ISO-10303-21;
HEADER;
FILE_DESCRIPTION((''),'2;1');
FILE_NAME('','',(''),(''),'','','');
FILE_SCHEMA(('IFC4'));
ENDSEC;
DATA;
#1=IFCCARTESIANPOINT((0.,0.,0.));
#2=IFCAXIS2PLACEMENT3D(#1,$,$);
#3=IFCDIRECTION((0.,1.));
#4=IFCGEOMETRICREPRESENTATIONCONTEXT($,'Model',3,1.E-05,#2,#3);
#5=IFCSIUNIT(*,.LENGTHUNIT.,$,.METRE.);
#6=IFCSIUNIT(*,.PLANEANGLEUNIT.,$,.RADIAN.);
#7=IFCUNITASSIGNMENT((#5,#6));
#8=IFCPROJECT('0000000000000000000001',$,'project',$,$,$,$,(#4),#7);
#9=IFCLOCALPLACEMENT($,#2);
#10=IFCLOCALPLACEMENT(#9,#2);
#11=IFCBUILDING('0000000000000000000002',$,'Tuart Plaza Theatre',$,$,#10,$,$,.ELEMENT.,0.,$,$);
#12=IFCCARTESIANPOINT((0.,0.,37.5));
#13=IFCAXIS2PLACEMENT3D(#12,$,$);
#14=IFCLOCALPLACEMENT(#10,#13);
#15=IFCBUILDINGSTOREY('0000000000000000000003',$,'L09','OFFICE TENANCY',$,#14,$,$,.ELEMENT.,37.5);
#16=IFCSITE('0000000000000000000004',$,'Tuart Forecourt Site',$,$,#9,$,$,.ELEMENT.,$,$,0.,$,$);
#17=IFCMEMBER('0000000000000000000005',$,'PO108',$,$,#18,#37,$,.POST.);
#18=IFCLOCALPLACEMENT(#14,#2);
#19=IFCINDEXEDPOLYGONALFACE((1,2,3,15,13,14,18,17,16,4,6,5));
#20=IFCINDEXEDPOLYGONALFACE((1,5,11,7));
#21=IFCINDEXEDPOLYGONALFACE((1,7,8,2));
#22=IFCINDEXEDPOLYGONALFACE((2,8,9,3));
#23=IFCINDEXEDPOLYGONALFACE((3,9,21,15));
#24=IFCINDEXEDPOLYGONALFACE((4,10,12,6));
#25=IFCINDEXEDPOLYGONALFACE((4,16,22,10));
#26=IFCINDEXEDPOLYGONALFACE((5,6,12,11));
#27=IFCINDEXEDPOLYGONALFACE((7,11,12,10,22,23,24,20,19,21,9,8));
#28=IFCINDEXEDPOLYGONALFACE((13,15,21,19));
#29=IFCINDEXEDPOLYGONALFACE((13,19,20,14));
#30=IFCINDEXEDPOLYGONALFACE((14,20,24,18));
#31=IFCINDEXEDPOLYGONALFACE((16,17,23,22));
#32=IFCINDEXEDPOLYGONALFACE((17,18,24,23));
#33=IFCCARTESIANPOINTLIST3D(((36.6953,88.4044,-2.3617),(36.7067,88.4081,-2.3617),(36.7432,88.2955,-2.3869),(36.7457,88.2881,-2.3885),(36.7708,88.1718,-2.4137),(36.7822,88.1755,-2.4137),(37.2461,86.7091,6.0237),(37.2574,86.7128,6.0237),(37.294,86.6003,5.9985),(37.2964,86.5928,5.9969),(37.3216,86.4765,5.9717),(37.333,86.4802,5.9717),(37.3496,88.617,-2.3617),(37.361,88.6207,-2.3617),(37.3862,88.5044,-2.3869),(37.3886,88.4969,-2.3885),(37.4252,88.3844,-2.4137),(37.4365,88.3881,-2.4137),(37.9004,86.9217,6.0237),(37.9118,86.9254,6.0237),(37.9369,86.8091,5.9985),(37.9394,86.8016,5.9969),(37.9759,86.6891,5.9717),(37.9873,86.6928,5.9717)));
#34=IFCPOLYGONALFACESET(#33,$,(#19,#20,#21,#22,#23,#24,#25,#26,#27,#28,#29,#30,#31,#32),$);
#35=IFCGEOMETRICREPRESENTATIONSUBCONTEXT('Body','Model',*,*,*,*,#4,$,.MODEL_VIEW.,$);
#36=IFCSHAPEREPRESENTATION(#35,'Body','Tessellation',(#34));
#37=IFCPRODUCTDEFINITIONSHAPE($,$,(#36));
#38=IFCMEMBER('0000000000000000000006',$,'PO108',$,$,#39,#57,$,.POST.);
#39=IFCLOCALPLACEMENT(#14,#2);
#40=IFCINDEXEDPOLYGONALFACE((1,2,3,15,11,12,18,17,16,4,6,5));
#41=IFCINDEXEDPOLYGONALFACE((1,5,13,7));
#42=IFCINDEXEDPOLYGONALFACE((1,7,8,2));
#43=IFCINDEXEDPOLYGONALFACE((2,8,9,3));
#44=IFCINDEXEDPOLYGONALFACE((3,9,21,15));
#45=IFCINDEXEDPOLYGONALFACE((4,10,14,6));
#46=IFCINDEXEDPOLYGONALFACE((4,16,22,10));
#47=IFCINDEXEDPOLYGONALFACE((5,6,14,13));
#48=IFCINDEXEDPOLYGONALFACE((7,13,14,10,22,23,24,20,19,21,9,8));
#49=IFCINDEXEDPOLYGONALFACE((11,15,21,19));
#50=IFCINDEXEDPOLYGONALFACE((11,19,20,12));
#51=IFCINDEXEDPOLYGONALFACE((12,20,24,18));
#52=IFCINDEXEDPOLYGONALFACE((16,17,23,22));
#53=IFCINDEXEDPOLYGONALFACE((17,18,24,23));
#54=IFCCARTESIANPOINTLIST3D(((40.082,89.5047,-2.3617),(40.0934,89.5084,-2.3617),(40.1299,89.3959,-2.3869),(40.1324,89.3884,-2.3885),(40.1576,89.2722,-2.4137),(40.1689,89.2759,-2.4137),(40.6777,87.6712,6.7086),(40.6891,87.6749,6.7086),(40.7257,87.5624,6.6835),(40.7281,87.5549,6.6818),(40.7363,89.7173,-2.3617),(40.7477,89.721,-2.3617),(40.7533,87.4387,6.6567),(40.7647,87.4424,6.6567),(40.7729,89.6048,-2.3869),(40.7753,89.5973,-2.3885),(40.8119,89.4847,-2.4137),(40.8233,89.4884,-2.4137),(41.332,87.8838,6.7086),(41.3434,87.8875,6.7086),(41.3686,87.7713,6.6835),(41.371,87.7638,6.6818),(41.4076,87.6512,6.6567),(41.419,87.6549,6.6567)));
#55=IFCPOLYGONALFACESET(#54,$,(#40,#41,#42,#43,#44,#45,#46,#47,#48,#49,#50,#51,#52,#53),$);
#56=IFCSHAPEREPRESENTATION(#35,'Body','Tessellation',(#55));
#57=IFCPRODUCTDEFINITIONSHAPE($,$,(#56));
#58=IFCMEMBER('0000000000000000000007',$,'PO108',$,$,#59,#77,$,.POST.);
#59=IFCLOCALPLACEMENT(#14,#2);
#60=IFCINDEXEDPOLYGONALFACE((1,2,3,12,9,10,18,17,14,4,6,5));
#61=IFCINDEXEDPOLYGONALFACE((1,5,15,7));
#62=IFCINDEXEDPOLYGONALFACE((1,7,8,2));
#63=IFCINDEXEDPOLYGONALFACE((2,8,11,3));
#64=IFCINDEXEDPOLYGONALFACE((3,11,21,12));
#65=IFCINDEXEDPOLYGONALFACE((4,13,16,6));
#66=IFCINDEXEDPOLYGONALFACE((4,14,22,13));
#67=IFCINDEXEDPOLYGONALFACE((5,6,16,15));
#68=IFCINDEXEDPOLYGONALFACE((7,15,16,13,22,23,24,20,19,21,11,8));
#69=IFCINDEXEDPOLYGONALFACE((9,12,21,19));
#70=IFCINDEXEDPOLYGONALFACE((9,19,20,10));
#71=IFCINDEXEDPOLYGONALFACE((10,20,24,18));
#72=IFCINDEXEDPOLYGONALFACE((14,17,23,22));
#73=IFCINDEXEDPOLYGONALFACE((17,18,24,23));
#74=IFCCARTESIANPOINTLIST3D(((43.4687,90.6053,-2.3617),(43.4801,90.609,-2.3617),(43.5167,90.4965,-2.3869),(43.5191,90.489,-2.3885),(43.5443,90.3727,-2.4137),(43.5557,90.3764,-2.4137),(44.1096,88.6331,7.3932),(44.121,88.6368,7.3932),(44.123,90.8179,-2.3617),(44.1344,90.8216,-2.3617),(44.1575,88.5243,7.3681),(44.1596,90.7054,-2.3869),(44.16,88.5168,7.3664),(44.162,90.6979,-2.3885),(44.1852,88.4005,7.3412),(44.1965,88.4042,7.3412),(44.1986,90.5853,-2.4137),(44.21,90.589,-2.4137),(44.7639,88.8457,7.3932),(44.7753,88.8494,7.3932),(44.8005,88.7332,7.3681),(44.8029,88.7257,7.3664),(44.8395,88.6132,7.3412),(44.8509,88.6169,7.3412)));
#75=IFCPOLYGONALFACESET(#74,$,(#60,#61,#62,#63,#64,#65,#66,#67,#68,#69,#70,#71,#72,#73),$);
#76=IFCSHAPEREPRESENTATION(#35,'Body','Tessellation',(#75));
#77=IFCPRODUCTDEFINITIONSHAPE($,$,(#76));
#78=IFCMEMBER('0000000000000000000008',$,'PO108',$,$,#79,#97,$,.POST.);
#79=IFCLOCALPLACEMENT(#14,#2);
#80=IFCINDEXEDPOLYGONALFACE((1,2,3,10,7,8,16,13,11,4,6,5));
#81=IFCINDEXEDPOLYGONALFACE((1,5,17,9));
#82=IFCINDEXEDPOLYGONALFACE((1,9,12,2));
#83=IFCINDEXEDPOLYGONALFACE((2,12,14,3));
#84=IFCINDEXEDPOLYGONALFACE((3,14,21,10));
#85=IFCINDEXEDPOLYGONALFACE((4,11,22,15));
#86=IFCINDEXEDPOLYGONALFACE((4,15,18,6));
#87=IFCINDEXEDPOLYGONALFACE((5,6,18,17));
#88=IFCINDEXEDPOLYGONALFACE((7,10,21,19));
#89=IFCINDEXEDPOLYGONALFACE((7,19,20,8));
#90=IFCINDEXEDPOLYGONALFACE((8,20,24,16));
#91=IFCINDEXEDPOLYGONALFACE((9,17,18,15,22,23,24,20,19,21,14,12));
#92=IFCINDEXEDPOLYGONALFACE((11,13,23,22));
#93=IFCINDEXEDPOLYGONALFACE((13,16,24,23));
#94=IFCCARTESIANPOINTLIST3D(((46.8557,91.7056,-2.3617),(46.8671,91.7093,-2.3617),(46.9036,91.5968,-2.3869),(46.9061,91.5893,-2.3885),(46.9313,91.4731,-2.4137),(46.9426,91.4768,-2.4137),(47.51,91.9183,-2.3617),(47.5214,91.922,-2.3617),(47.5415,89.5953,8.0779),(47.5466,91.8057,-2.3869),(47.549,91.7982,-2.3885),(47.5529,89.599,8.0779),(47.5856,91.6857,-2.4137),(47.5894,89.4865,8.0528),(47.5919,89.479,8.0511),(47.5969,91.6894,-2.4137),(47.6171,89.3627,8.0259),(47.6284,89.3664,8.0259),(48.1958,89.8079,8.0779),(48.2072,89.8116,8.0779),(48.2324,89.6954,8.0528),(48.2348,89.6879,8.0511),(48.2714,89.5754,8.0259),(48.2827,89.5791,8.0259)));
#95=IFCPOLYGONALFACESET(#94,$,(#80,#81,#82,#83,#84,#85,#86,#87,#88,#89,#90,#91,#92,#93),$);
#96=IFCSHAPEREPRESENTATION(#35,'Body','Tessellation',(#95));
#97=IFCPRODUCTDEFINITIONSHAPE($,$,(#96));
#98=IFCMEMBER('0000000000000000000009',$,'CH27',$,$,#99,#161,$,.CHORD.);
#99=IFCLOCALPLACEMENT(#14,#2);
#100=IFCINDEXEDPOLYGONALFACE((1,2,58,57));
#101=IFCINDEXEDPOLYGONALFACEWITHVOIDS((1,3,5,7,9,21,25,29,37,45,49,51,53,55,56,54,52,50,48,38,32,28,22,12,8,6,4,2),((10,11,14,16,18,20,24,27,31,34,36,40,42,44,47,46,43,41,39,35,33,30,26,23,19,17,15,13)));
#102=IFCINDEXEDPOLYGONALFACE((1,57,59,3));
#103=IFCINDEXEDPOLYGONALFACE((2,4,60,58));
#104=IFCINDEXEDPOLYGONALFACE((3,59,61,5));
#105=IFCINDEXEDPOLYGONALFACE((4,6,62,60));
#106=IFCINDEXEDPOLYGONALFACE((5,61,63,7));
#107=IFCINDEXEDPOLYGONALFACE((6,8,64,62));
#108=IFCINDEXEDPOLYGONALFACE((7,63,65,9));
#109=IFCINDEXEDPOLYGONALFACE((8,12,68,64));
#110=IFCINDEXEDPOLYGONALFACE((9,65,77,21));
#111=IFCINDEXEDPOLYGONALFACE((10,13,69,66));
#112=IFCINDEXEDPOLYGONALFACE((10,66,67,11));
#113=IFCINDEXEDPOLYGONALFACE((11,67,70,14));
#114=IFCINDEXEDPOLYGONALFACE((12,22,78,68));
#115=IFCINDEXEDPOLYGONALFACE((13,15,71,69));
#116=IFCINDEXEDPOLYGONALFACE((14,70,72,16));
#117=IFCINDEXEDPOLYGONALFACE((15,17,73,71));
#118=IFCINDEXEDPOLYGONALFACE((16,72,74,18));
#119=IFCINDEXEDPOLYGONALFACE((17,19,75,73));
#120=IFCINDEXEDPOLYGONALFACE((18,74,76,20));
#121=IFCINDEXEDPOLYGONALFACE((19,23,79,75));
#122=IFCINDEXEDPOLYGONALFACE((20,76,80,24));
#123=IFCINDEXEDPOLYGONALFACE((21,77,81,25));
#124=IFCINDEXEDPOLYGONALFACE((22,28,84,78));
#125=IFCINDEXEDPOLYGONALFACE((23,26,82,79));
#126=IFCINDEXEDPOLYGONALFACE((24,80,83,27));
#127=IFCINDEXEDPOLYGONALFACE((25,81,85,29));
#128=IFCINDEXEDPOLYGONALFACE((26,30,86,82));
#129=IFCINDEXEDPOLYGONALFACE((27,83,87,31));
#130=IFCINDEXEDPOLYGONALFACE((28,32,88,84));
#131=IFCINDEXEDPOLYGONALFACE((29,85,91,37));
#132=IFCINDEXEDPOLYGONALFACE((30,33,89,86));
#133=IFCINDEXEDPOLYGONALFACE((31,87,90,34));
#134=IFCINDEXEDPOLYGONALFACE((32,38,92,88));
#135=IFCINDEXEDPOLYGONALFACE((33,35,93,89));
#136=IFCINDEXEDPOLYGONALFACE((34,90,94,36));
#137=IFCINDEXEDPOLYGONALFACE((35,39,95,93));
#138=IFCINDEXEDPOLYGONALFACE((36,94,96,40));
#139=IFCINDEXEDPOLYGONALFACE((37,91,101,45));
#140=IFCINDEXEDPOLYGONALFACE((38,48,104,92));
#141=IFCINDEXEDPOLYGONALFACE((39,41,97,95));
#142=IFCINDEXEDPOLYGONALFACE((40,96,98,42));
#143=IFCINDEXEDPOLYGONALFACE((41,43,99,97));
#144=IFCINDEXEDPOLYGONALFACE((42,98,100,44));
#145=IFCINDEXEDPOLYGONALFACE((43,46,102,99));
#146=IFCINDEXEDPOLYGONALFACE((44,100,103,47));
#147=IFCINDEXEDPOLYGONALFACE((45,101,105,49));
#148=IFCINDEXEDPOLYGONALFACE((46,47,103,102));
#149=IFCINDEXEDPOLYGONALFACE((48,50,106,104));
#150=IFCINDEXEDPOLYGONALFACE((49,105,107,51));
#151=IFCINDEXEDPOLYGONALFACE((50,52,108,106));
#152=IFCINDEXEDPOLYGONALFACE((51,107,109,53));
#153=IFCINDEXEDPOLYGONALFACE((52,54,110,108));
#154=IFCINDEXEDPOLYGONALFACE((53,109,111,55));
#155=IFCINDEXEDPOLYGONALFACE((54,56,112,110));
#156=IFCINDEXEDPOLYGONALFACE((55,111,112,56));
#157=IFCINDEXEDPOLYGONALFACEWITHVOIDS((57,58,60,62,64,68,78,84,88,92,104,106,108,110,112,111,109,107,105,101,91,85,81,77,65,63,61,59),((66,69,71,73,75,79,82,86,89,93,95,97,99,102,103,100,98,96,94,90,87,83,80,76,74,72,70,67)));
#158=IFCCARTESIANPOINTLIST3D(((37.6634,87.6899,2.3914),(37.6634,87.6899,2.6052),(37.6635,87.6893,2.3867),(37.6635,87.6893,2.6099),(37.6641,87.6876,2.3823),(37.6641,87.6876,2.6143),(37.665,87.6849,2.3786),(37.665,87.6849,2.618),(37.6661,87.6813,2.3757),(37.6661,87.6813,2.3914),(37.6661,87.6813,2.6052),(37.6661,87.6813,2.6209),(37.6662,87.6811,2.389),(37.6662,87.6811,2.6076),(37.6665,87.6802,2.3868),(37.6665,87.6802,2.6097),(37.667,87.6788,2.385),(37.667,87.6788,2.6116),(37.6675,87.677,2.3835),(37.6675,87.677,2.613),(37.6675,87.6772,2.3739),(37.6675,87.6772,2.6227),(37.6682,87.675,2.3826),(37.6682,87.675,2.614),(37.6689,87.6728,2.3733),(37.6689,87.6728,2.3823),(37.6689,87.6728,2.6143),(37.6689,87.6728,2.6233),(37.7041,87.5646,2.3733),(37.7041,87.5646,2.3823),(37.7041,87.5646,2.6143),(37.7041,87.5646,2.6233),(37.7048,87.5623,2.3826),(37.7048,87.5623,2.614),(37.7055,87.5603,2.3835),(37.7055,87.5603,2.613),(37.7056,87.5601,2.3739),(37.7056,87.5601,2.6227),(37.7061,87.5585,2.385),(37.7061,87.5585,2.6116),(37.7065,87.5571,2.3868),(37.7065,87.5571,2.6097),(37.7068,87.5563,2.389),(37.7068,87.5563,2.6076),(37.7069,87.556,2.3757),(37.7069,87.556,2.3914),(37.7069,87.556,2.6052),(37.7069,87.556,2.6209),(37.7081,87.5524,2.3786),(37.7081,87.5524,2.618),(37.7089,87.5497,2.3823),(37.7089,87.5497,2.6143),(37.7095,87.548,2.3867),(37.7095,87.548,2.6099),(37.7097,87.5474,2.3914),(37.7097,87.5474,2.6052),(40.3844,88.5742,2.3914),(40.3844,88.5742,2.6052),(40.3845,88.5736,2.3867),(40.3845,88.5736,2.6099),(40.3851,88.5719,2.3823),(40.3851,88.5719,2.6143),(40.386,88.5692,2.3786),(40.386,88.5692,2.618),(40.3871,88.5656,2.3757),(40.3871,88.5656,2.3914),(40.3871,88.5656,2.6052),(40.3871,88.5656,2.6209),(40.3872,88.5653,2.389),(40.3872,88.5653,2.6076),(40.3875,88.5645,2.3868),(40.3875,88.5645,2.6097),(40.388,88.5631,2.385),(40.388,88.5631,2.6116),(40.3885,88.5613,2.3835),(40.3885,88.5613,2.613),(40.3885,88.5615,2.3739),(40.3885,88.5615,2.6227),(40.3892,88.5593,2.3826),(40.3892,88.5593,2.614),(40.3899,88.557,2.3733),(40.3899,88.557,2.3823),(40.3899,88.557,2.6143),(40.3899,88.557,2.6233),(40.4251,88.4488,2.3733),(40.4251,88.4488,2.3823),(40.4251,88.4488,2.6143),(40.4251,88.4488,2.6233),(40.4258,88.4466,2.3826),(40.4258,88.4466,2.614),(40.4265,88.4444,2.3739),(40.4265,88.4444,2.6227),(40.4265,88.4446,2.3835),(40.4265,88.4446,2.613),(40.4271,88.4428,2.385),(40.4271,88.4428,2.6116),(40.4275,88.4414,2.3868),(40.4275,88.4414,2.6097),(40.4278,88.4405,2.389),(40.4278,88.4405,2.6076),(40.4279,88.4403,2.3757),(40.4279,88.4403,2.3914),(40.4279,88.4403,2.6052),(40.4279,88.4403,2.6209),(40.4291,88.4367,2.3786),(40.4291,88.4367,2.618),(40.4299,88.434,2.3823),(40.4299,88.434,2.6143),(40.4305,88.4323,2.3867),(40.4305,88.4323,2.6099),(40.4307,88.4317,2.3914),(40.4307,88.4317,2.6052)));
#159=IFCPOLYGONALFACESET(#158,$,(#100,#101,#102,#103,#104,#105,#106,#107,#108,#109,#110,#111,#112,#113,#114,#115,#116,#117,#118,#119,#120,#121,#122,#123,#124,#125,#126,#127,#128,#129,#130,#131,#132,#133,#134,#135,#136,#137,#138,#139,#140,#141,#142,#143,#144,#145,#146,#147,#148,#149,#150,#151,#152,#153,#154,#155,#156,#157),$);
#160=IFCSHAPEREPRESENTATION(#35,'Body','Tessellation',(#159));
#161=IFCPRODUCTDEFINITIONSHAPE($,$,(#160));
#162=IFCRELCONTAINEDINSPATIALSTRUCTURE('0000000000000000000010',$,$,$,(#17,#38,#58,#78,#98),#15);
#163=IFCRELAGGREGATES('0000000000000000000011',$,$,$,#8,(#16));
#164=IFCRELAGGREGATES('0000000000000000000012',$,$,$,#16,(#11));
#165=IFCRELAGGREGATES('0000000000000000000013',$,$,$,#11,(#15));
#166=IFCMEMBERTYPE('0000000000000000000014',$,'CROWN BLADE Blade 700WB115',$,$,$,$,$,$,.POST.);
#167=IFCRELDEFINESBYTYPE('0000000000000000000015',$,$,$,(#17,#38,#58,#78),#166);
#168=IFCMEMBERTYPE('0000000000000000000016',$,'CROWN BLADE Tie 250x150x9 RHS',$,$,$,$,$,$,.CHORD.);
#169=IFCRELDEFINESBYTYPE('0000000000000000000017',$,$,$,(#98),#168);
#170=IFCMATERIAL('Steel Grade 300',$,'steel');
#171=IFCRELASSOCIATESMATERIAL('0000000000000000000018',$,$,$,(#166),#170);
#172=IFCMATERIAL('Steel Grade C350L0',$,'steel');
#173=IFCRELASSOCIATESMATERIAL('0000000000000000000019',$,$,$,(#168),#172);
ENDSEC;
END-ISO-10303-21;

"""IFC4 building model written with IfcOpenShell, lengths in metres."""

from ifc_helpers import new_model, si_unit, direction, frame, origin, origin_2d, place, context, subcontext, project, spatial, hollow_rectangle, i_section, extrude, material, material_profile, profile_set, type_object, element, save


model = new_model("IFC4")

# Units and contexts
model_context = context("Model", 3, precision=1e-05, world=origin(), true_north=direction((0.0, 1.0)))
body_context = subcontext(model_context, "Body", "Model", "MODEL_VIEW")
ifc_project = project(units=[si_unit("LENGTHUNIT", "METRE"), si_unit("PLANEANGLEUNIT", "RADIAN")], contexts=[model_context])

# Site, building, storey
site_placement = place(None, origin())
site = spatial("IfcSite", under=ifc_project, at=site_placement, Name="Tuart Forecourt Site", CompositionType="ELEMENT", RefElevation=0.0)
building_placement = place(site_placement, origin())
building = spatial("IfcBuilding", under=site, at=building_placement, Name="Tuart Plaza Theatre", CompositionType="ELEMENT", ElevationOfRefHeight=0.0)
storey_placement = place(building_placement, frame((0.0, 0.0, 37.5)))
storey = spatial("IfcBuildingStorey", under=building, at=storey_placement, Name="L09", Description="OFFICE TENANCY", CompositionType="ELEMENT", Elevation=37.5)

# Members
ifc_material_1 = material(Name="Steel Grade 300", Category="steel")
ifc_material_profile_1 = material_profile(ifc_material_1, i_section(OverallWidth=0.25, OverallDepth=0.7, WebThickness=0.0081, FlangeThickness=0.012, at=origin_2d()), Name="700WB115")
ifc_profile_set_1 = profile_set([ifc_material_profile_1], Name="Steel Grade 300")
member_type_1 = type_object("IfcMemberType", Name="CROWN BLADE Blade 700WB115", PredefinedType="POST", material=ifc_profile_set_1)
member_1_placement = place(storey_placement, frame((37.0659, 88.3962, -2.3877), z_axis=(0.064247, -0.197753, 0.978144), x_axis=(-0.302234, 0.93028, 0.207928)))
element("IfcMember", 1, at=member_1_placement, inside=storey, type_object=member_type_1, Name="PO108", PredefinedType="POST", context=body_context, shape_type="SweptSolid", body=[
    extrude(i_section(OverallWidth=0.25, OverallDepth=0.7, WebThickness=0.0081, FlangeThickness=0.012, at=origin_2d()), origin(), (0.0, 0.0, 1.0), 8.5728),
])
member_2_placement = place(storey_placement, frame((40.4526, 89.4966, -2.3877), z_axis=(0.064241, -0.197726, 0.97815), x_axis=(-0.302249, 0.930281, 0.2079)))
element("IfcMember", 2, at=member_2_placement, inside=storey, type_object=member_type_1, Name="PO108", PredefinedType="POST", context=body_context, shape_type="SweptSolid", body=[
    extrude(i_section(OverallWidth=0.25, OverallDepth=0.7, WebThickness=0.0081, FlangeThickness=0.012, at=origin_2d()), origin(), (0.0, 0.0, 1.0), 9.2729),
])
member_3_placement = place(storey_placement, frame((43.8394, 90.5972, -2.3877), z_axis=(0.064261, -0.197754, 0.978143), x_axis=(-0.302294, 0.930259, 0.207933)))
element("IfcMember", 3, at=member_3_placement, inside=storey, type_object=member_type_1, Name="PO108", PredefinedType="POST", context=body_context, shape_type="SweptSolid", body=[
    extrude(i_section(OverallWidth=0.25, OverallDepth=0.7, WebThickness=0.0081, FlangeThickness=0.012, at=origin_2d()), origin(), (0.0, 0.0, 1.0), 9.9729),
])
member_4_placement = place(storey_placement, frame((47.2263, 91.6975, -2.3877), z_axis=(0.064255, -0.19773, 0.978148), x_axis=(-0.302303, 0.930262, 0.207908)))
element("IfcMember", 4, at=member_4_placement, inside=storey, type_object=member_type_1, Name="PO108", PredefinedType="POST", context=body_context, shape_type="SweptSolid", body=[
    extrude(i_section(OverallWidth=0.25, OverallDepth=0.7, WebThickness=0.0081, FlangeThickness=0.012, at=origin_2d()), origin(), (0.0, 0.0, 1.0), 10.6729),
])
ifc_material_2 = material(Name="Steel Grade C350L0", Category="steel")
ifc_material_profile_2 = material_profile(ifc_material_2, hollow_rectangle(XDim=0.1499, YDim=0.25, WallThickness=0.009, InnerFilletRadius=0.009, OuterFilletRadius=0.0181, at=origin_2d()), Name="250x150x9 RHS")
ifc_profile_set_2 = profile_set([ifc_material_profile_2], Name="Steel Grade C350L0")
member_type_2 = type_object("IfcMemberType", Name="CROWN BLADE Tie 250x150x9 RHS", PredefinedType="CHORD", material=ifc_profile_set_2)
for number, where, z_axis, x_axis, name in (
    (5, (37.6865, 87.6187, 2.4983), (0.951037, 0.309076, 0.0), (-0.309076, 0.951037, 0.0), "CH27"),
):
    element("IfcMember", number, at=place(storey_placement, frame(where, z_axis=z_axis, x_axis=x_axis)), inside=storey, type_object=member_type_2, Name=name, PredefinedType="CHORD", context=body_context, shape_type="SweptSolid", body=[
        extrude(hollow_rectangle(XDim=0.1499, YDim=0.25, WallThickness=0.009, InnerFilletRadius=0.009, OuterFilletRadius=0.0181, at=origin_2d()), origin(), (0.0, 0.0, 1.0), 2.8611),
    ])

save(model, "model.ifc")
